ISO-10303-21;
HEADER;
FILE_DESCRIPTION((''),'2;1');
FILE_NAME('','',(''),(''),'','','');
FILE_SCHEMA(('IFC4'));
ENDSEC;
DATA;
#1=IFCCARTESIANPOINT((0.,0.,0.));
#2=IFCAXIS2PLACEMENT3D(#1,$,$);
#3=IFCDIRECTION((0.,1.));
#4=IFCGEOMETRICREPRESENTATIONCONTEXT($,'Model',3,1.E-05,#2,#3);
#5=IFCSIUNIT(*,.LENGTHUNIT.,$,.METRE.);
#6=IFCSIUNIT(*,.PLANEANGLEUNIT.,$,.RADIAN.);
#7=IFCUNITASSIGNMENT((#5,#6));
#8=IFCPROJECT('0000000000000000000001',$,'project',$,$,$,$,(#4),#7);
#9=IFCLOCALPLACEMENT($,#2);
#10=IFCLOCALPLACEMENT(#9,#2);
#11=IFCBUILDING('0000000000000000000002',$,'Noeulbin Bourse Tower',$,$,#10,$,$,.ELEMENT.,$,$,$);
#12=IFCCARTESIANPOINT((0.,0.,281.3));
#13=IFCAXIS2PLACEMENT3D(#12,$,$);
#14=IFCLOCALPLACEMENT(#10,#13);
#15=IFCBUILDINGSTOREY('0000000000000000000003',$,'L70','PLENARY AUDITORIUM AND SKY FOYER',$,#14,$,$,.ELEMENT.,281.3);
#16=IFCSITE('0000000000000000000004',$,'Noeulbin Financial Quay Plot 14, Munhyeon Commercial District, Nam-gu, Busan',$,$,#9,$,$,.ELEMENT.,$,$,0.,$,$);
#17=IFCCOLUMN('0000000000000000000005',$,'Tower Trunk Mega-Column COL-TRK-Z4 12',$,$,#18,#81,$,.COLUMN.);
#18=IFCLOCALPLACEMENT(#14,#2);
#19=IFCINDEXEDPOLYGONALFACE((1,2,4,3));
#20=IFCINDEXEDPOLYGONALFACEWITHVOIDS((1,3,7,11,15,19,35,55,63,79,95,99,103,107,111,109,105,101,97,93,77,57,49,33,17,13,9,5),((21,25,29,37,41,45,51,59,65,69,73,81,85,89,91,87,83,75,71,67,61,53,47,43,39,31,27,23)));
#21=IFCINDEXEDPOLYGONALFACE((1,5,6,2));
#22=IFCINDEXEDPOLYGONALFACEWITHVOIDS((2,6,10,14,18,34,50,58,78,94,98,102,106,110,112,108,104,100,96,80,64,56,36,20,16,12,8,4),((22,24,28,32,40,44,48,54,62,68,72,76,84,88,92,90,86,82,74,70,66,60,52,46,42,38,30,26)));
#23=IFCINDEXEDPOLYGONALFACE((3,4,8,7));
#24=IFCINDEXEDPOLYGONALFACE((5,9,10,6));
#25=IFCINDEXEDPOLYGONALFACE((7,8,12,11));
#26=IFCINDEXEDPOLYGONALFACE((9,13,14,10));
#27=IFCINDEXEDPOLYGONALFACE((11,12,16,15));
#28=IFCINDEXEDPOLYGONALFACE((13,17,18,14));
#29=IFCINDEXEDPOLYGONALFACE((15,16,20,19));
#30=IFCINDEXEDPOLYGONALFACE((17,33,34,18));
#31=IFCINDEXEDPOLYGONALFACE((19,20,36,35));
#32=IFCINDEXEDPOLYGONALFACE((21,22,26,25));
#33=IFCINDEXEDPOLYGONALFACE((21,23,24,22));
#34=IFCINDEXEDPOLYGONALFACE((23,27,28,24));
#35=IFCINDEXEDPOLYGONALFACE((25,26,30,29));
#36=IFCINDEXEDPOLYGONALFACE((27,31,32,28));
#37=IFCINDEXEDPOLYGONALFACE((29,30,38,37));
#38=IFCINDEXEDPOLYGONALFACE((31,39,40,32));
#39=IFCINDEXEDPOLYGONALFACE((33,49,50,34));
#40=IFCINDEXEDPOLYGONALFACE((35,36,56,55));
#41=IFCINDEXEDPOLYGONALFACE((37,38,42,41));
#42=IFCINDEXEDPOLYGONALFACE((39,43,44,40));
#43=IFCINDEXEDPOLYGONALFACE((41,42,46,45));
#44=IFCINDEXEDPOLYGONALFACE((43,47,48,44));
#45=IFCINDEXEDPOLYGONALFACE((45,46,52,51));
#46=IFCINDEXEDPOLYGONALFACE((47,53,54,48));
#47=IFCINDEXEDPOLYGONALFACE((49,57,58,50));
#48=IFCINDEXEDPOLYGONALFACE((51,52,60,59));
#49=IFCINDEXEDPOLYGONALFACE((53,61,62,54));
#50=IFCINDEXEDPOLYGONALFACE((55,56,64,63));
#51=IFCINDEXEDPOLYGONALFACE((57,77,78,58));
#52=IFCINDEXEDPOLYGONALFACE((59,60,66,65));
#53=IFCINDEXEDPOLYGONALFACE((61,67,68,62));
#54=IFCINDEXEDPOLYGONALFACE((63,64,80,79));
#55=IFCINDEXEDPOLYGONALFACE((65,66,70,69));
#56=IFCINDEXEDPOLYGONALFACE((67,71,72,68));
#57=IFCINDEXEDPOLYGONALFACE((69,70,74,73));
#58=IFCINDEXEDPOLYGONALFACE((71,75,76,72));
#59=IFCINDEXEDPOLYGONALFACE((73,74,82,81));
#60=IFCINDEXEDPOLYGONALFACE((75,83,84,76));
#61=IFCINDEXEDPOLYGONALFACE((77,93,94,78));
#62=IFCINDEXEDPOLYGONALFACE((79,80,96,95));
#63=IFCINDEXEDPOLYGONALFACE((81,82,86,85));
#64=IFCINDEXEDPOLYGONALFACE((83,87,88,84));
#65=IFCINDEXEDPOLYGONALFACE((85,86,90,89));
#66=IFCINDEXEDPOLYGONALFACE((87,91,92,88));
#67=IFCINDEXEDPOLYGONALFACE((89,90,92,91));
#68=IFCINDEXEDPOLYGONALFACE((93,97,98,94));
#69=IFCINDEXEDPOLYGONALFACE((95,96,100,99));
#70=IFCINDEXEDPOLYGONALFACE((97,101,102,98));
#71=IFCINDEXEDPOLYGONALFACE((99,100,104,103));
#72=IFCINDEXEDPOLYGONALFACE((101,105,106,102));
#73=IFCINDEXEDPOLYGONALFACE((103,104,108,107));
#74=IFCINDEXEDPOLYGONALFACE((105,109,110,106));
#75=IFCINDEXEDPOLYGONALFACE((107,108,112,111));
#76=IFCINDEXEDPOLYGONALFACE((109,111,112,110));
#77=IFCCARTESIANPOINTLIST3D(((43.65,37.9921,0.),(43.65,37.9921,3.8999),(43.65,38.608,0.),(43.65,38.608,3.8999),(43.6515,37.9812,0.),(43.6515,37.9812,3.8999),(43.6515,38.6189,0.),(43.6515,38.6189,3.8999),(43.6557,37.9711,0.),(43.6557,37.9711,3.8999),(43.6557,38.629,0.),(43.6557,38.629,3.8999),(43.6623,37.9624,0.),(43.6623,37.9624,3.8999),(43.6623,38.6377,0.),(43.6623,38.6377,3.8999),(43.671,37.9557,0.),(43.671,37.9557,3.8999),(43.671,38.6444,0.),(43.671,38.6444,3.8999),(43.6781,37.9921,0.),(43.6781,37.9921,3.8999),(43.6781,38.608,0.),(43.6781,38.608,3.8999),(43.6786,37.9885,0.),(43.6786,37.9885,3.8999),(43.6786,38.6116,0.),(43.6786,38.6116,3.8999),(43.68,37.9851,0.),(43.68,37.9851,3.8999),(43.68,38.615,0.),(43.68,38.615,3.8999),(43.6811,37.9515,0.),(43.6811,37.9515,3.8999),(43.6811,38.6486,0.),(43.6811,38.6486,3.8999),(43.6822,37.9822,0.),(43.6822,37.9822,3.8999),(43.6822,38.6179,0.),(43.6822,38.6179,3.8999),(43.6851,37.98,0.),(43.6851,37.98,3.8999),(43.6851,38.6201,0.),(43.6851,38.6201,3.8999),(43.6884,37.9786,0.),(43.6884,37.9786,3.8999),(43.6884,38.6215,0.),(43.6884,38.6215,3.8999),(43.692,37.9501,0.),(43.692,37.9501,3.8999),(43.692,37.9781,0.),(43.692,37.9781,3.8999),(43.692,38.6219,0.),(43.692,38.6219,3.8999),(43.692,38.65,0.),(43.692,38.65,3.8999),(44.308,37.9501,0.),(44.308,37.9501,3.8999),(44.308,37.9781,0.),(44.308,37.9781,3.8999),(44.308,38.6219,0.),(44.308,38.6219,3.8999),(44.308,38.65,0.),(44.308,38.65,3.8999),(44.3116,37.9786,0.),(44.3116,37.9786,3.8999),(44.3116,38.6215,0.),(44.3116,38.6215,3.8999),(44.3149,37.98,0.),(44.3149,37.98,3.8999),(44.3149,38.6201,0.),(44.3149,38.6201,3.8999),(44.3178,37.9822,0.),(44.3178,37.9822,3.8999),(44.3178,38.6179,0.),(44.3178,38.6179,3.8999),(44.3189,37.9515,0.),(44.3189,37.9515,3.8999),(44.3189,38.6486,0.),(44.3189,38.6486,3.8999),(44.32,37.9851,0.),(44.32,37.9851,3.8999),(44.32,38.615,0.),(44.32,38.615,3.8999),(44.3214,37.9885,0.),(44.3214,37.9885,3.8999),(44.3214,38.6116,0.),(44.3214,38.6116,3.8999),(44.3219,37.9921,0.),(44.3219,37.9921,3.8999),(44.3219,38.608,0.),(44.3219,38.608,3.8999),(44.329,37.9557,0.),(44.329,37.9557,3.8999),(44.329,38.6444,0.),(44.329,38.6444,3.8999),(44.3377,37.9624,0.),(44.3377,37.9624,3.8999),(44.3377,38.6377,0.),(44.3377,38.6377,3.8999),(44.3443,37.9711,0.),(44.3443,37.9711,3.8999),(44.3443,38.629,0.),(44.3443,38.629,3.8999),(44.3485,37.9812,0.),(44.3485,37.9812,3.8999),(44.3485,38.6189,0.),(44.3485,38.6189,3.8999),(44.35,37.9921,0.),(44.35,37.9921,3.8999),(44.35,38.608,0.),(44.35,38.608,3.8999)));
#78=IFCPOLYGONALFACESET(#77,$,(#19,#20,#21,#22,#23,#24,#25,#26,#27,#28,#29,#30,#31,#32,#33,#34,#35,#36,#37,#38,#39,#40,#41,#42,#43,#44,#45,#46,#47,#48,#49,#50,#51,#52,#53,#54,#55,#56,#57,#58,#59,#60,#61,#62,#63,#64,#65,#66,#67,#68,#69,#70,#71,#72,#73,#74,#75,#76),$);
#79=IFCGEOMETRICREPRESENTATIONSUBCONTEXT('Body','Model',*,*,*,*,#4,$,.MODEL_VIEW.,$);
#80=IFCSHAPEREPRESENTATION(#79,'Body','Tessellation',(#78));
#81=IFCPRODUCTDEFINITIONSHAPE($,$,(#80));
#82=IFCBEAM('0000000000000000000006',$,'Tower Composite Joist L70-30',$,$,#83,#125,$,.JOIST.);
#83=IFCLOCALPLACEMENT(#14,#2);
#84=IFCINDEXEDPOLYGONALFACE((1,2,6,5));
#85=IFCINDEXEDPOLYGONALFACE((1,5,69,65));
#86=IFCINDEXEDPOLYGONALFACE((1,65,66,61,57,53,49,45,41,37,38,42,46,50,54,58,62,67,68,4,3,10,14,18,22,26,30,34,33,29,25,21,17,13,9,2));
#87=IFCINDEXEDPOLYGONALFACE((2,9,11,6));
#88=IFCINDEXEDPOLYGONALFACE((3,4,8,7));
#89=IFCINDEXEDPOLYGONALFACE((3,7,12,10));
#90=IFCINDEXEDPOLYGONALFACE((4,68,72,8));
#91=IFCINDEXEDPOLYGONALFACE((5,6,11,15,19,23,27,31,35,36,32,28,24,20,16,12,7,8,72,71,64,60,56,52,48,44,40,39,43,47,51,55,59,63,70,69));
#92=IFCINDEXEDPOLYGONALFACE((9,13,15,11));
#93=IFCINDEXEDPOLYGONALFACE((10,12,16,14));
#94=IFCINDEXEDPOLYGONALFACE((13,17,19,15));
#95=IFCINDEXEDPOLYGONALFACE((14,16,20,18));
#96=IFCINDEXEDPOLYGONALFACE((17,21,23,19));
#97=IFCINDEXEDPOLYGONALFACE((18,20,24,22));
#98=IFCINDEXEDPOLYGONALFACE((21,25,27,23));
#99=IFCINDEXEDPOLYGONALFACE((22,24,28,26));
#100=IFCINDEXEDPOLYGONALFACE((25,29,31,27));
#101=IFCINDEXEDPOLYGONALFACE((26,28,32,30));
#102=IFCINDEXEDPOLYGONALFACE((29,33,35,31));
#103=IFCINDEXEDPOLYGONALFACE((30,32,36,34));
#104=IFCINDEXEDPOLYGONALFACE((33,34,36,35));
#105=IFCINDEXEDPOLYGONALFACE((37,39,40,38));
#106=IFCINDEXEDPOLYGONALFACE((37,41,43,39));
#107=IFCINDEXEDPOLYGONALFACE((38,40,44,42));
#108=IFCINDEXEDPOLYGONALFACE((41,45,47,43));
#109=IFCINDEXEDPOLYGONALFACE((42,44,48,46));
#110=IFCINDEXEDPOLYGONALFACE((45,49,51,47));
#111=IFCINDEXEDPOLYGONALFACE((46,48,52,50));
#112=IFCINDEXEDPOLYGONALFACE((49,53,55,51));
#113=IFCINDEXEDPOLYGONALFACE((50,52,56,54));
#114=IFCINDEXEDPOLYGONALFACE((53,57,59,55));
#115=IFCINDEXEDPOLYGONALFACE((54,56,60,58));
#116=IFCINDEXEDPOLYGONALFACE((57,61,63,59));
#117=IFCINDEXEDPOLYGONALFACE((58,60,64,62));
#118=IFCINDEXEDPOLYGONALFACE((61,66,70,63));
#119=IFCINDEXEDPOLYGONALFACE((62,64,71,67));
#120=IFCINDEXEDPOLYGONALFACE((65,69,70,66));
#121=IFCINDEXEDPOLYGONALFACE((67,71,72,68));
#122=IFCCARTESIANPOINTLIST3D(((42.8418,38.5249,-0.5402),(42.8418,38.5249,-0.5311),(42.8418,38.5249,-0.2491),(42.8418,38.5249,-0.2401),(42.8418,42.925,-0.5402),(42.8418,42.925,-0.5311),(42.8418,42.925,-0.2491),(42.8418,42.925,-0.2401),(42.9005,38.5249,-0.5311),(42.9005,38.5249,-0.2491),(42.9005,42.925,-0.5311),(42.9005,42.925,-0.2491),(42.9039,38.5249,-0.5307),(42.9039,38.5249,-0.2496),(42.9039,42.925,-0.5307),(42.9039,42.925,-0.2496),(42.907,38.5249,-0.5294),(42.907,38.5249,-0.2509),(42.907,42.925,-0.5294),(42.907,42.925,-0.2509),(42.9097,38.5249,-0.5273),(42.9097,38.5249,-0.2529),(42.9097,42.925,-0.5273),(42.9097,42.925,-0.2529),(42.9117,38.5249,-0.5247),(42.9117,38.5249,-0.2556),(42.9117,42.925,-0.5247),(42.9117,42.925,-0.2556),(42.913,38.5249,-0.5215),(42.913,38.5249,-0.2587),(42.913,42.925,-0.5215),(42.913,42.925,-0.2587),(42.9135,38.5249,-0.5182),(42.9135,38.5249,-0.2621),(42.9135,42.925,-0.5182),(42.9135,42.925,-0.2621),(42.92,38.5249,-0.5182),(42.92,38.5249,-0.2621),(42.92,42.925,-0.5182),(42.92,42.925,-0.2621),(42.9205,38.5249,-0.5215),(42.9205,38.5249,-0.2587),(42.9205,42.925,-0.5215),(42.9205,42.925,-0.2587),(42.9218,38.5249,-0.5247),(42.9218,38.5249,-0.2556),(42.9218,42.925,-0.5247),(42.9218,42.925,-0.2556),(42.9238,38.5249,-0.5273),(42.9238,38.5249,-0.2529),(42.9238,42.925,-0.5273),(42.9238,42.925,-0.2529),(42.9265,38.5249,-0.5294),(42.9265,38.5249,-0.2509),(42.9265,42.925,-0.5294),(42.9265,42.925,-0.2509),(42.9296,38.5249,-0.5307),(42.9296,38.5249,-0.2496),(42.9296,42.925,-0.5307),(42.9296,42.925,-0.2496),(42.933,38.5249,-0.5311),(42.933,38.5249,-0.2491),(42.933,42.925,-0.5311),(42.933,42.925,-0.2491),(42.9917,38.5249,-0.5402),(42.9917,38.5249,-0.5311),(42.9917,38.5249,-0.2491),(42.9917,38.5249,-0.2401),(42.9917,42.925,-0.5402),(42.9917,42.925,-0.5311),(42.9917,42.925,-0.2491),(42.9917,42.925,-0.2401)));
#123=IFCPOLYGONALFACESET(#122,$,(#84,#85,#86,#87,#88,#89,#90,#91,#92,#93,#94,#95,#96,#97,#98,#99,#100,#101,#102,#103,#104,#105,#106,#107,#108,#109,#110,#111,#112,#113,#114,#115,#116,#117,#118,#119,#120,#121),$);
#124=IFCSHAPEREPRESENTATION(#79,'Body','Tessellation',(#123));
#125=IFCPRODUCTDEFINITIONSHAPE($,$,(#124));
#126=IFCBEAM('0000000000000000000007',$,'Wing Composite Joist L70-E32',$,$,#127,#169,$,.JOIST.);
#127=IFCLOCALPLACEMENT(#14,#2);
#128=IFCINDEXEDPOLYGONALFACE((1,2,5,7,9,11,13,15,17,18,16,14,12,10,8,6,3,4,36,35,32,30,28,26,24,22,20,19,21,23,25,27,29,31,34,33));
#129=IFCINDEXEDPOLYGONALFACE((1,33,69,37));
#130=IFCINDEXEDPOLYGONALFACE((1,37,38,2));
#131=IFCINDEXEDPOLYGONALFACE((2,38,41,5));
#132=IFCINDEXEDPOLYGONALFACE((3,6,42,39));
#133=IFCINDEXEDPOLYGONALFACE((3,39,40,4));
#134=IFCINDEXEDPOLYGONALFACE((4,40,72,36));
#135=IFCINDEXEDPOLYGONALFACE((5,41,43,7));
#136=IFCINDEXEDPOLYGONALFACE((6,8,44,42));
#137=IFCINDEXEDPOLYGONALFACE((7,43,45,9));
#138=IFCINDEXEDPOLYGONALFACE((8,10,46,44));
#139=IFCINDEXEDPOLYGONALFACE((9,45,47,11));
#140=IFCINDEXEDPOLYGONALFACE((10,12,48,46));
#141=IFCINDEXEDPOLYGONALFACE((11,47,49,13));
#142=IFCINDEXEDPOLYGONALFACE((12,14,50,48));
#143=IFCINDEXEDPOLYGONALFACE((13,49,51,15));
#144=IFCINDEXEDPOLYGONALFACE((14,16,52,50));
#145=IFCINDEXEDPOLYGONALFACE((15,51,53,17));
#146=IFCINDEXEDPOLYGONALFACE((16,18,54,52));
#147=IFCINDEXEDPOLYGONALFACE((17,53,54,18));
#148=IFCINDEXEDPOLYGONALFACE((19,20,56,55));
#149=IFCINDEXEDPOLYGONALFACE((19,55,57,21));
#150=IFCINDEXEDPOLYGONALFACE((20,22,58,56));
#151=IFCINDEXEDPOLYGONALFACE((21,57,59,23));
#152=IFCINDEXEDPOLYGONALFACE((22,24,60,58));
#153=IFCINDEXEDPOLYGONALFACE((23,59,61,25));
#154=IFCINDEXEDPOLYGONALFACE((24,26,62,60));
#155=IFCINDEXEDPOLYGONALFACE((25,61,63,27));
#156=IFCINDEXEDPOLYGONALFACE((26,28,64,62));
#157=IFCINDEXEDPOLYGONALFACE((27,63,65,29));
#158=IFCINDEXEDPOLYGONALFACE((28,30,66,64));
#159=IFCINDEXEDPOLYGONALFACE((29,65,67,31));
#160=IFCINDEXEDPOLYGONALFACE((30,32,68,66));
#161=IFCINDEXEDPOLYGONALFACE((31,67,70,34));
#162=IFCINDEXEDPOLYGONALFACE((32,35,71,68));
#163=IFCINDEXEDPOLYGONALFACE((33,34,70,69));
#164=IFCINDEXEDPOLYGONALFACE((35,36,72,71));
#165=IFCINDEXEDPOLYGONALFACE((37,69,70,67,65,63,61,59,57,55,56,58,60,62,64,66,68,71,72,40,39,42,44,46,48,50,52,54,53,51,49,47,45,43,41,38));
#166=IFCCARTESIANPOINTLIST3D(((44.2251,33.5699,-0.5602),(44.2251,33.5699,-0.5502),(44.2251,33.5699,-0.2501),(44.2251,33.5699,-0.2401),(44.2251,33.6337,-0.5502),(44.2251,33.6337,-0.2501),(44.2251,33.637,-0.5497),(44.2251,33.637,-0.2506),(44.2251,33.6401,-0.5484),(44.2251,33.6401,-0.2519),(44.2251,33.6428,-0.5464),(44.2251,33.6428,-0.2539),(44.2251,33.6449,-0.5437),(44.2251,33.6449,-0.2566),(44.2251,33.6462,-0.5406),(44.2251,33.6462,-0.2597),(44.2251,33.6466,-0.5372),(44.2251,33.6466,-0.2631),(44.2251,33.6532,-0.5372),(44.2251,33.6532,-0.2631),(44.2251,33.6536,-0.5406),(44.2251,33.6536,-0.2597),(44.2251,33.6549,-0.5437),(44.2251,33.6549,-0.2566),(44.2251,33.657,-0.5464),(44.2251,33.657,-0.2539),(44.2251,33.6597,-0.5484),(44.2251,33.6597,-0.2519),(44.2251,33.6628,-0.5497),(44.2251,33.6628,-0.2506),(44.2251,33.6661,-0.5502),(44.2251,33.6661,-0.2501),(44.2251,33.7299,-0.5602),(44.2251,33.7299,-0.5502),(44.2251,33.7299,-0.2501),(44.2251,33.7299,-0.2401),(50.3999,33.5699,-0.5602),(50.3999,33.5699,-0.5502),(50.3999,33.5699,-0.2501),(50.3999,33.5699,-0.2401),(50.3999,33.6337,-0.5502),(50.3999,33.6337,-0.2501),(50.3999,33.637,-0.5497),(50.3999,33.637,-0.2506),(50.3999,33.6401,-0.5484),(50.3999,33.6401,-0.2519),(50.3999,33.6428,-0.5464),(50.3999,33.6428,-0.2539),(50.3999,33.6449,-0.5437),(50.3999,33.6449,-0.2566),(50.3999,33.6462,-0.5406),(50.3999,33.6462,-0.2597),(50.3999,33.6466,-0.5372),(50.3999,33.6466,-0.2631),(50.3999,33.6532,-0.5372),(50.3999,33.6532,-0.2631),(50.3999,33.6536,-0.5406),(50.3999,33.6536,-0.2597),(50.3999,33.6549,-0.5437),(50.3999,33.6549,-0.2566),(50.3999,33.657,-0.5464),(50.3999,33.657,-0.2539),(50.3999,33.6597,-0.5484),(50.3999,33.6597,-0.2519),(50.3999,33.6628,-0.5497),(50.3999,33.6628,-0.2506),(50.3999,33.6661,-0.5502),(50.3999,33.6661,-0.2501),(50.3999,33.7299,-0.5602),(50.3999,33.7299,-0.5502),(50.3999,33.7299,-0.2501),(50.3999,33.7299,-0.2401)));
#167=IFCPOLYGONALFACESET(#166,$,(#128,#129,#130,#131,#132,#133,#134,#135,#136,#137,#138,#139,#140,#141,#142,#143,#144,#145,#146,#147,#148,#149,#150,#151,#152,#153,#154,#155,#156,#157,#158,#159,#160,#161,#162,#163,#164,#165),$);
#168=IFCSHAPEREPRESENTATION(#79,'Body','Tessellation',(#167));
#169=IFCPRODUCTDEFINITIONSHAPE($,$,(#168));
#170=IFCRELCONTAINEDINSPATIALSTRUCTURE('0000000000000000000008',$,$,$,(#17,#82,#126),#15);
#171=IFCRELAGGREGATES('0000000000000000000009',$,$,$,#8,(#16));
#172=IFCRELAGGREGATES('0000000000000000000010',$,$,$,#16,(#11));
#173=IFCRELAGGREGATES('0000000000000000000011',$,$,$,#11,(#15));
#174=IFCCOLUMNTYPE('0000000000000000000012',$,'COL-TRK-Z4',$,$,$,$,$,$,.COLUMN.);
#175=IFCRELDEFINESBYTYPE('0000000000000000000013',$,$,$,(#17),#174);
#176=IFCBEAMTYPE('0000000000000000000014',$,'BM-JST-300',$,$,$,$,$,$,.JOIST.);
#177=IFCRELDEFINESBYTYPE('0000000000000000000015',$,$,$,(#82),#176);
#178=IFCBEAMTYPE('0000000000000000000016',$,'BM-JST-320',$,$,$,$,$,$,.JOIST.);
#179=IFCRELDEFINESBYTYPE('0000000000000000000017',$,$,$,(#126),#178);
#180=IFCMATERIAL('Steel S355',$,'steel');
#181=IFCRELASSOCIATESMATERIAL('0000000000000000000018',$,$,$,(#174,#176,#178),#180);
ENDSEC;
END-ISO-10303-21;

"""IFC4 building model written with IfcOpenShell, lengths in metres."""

from ifc_helpers import new_model, si_unit, direction, frame, origin, origin_2d, place, context, subcontext, project, spatial, hollow_rectangle, i_section, extrude, material, material_profile, profile_set, type_object, element, save


model = new_model("IFC4")

# Units and contexts
model_context = context("Model", 3, precision=1e-05, world=origin(), true_north=direction((0.0, 1.0)))
body_context = subcontext(model_context, "Body", "Model", "MODEL_VIEW")
ifc_project = project(units=[si_unit("LENGTHUNIT", "METRE"), si_unit("PLANEANGLEUNIT", "RADIAN")], contexts=[model_context])

# Site, building, storey
site_placement = place(None, origin())
site = spatial("IfcSite", under=ifc_project, at=site_placement, Name="Noeulbin Financial Quay Plot 14, Munhyeon Commercial District, Nam-gu, Busan", CompositionType="ELEMENT", RefElevation=0.0)
building_placement = place(site_placement, origin())
building = spatial("IfcBuilding", under=site, at=building_placement, Name="Noeulbin Bourse Tower", CompositionType="ELEMENT")
storey_placement = place(building_placement, frame((0.0, 0.0, 281.3)))
storey = spatial("IfcBuildingStorey", under=building, at=storey_placement, Name="L70", Description="PLENARY AUDITORIUM AND SKY FOYER", CompositionType="ELEMENT", Elevation=281.3)

# Column
ifc_material_1 = material(Name="Steel S355", Category="steel")
ifc_material_profile_1 = material_profile(ifc_material_1, hollow_rectangle(XDim=0.7, YDim=0.7, WallThickness=0.0281, InnerFilletRadius=0.0139, OuterFilletRadius=0.042, at=origin_2d()), Name="BOX-700x700x28", Category="LoadBearing")
ifc_profile_set_1 = profile_set([ifc_material_profile_1], Name="Steel S355")
column_type_1 = type_object("IfcColumnType", Name="COL-TRK-Z4", PredefinedType="COLUMN", material=ifc_profile_set_1)
column_placement = place(storey_placement, frame((44.0, 38.3, 0.0), z_axis=(0.0, 0.0, 1.0), x_axis=(1.0, 0.0, 0.0)))
element("IfcColumn", 1, at=column_placement, inside=storey, type_object=column_type_1, Name="Tower Trunk Mega-Column COL-TRK-Z4 12", PredefinedType="COLUMN", context=body_context, shape_type="SweptSolid", body=[
    extrude(hollow_rectangle(XDim=0.7, YDim=0.7, WallThickness=0.0281, InnerFilletRadius=0.0139, OuterFilletRadius=0.042, at=origin_2d()), origin(), (0.0, 0.0, 1.0), 3.8999),
])

# Beams
ifc_material_profile_2 = material_profile(ifc_material_1, i_section(OverallWidth=0.1499, OverallDepth=0.3, WebThickness=0.0066, FlangeThickness=0.009, FilletRadius=0.0129, at=origin_2d()), Name="H-300x150x6.5x9", Category="LoadBearing")
ifc_profile_set_2 = profile_set([ifc_material_profile_2], Name="Steel S355")
beam_type_1 = type_object("IfcBeamType", Name="BM-JST-300", PredefinedType="JOIST", material=ifc_profile_set_2)
beam_1_placement = place(storey_placement, frame((42.9167, 38.5249, -0.3901), z_axis=(0.0, 1.0, 0.0), x_axis=(-1.0, 0.0, 0.0)))
element("IfcBeam", 2, at=beam_1_placement, inside=storey, type_object=beam_type_1, Name="Tower Composite Joist L70-30", PredefinedType="JOIST", context=body_context, shape_type="SweptSolid", body=[
    extrude(i_section(OverallWidth=0.1499, OverallDepth=0.3, WebThickness=0.0066, FlangeThickness=0.009, FilletRadius=0.0129, at=origin_2d()), origin(), (0.0, 0.0, 1.0), 4.4001),
])
ifc_material_profile_3 = material_profile(ifc_material_1, i_section(OverallWidth=0.1599, OverallDepth=0.3201, WebThickness=0.0066, FlangeThickness=0.01, FilletRadius=0.0129, at=origin_2d()), Name="H-320x160x6.5x10", Category="LoadBearing")
ifc_profile_set_3 = profile_set([ifc_material_profile_3], Name="Steel S355")
beam_type_2 = type_object("IfcBeamType", Name="BM-JST-320", PredefinedType="JOIST", material=ifc_profile_set_3)
for number, where, z_axis, x_axis, name in (
    (3, (44.2251, 33.6499, -0.4001), (1.0, 0.0, 0.0), (0.0, 1.0, 0.0), "Wing Composite Joist L70-E32"),
):
    element("IfcBeam", number, at=place(storey_placement, frame(where, z_axis=z_axis, x_axis=x_axis)), inside=storey, type_object=beam_type_2, Name=name, PredefinedType="JOIST", context=body_context, shape_type="SweptSolid", body=[
        extrude(i_section(OverallWidth=0.1599, OverallDepth=0.3201, WebThickness=0.0066, FlangeThickness=0.01, FilletRadius=0.0129, at=origin_2d()), origin(), (0.0, 0.0, 1.0), 6.1748),
    ])

save(model, "model.ifc")
